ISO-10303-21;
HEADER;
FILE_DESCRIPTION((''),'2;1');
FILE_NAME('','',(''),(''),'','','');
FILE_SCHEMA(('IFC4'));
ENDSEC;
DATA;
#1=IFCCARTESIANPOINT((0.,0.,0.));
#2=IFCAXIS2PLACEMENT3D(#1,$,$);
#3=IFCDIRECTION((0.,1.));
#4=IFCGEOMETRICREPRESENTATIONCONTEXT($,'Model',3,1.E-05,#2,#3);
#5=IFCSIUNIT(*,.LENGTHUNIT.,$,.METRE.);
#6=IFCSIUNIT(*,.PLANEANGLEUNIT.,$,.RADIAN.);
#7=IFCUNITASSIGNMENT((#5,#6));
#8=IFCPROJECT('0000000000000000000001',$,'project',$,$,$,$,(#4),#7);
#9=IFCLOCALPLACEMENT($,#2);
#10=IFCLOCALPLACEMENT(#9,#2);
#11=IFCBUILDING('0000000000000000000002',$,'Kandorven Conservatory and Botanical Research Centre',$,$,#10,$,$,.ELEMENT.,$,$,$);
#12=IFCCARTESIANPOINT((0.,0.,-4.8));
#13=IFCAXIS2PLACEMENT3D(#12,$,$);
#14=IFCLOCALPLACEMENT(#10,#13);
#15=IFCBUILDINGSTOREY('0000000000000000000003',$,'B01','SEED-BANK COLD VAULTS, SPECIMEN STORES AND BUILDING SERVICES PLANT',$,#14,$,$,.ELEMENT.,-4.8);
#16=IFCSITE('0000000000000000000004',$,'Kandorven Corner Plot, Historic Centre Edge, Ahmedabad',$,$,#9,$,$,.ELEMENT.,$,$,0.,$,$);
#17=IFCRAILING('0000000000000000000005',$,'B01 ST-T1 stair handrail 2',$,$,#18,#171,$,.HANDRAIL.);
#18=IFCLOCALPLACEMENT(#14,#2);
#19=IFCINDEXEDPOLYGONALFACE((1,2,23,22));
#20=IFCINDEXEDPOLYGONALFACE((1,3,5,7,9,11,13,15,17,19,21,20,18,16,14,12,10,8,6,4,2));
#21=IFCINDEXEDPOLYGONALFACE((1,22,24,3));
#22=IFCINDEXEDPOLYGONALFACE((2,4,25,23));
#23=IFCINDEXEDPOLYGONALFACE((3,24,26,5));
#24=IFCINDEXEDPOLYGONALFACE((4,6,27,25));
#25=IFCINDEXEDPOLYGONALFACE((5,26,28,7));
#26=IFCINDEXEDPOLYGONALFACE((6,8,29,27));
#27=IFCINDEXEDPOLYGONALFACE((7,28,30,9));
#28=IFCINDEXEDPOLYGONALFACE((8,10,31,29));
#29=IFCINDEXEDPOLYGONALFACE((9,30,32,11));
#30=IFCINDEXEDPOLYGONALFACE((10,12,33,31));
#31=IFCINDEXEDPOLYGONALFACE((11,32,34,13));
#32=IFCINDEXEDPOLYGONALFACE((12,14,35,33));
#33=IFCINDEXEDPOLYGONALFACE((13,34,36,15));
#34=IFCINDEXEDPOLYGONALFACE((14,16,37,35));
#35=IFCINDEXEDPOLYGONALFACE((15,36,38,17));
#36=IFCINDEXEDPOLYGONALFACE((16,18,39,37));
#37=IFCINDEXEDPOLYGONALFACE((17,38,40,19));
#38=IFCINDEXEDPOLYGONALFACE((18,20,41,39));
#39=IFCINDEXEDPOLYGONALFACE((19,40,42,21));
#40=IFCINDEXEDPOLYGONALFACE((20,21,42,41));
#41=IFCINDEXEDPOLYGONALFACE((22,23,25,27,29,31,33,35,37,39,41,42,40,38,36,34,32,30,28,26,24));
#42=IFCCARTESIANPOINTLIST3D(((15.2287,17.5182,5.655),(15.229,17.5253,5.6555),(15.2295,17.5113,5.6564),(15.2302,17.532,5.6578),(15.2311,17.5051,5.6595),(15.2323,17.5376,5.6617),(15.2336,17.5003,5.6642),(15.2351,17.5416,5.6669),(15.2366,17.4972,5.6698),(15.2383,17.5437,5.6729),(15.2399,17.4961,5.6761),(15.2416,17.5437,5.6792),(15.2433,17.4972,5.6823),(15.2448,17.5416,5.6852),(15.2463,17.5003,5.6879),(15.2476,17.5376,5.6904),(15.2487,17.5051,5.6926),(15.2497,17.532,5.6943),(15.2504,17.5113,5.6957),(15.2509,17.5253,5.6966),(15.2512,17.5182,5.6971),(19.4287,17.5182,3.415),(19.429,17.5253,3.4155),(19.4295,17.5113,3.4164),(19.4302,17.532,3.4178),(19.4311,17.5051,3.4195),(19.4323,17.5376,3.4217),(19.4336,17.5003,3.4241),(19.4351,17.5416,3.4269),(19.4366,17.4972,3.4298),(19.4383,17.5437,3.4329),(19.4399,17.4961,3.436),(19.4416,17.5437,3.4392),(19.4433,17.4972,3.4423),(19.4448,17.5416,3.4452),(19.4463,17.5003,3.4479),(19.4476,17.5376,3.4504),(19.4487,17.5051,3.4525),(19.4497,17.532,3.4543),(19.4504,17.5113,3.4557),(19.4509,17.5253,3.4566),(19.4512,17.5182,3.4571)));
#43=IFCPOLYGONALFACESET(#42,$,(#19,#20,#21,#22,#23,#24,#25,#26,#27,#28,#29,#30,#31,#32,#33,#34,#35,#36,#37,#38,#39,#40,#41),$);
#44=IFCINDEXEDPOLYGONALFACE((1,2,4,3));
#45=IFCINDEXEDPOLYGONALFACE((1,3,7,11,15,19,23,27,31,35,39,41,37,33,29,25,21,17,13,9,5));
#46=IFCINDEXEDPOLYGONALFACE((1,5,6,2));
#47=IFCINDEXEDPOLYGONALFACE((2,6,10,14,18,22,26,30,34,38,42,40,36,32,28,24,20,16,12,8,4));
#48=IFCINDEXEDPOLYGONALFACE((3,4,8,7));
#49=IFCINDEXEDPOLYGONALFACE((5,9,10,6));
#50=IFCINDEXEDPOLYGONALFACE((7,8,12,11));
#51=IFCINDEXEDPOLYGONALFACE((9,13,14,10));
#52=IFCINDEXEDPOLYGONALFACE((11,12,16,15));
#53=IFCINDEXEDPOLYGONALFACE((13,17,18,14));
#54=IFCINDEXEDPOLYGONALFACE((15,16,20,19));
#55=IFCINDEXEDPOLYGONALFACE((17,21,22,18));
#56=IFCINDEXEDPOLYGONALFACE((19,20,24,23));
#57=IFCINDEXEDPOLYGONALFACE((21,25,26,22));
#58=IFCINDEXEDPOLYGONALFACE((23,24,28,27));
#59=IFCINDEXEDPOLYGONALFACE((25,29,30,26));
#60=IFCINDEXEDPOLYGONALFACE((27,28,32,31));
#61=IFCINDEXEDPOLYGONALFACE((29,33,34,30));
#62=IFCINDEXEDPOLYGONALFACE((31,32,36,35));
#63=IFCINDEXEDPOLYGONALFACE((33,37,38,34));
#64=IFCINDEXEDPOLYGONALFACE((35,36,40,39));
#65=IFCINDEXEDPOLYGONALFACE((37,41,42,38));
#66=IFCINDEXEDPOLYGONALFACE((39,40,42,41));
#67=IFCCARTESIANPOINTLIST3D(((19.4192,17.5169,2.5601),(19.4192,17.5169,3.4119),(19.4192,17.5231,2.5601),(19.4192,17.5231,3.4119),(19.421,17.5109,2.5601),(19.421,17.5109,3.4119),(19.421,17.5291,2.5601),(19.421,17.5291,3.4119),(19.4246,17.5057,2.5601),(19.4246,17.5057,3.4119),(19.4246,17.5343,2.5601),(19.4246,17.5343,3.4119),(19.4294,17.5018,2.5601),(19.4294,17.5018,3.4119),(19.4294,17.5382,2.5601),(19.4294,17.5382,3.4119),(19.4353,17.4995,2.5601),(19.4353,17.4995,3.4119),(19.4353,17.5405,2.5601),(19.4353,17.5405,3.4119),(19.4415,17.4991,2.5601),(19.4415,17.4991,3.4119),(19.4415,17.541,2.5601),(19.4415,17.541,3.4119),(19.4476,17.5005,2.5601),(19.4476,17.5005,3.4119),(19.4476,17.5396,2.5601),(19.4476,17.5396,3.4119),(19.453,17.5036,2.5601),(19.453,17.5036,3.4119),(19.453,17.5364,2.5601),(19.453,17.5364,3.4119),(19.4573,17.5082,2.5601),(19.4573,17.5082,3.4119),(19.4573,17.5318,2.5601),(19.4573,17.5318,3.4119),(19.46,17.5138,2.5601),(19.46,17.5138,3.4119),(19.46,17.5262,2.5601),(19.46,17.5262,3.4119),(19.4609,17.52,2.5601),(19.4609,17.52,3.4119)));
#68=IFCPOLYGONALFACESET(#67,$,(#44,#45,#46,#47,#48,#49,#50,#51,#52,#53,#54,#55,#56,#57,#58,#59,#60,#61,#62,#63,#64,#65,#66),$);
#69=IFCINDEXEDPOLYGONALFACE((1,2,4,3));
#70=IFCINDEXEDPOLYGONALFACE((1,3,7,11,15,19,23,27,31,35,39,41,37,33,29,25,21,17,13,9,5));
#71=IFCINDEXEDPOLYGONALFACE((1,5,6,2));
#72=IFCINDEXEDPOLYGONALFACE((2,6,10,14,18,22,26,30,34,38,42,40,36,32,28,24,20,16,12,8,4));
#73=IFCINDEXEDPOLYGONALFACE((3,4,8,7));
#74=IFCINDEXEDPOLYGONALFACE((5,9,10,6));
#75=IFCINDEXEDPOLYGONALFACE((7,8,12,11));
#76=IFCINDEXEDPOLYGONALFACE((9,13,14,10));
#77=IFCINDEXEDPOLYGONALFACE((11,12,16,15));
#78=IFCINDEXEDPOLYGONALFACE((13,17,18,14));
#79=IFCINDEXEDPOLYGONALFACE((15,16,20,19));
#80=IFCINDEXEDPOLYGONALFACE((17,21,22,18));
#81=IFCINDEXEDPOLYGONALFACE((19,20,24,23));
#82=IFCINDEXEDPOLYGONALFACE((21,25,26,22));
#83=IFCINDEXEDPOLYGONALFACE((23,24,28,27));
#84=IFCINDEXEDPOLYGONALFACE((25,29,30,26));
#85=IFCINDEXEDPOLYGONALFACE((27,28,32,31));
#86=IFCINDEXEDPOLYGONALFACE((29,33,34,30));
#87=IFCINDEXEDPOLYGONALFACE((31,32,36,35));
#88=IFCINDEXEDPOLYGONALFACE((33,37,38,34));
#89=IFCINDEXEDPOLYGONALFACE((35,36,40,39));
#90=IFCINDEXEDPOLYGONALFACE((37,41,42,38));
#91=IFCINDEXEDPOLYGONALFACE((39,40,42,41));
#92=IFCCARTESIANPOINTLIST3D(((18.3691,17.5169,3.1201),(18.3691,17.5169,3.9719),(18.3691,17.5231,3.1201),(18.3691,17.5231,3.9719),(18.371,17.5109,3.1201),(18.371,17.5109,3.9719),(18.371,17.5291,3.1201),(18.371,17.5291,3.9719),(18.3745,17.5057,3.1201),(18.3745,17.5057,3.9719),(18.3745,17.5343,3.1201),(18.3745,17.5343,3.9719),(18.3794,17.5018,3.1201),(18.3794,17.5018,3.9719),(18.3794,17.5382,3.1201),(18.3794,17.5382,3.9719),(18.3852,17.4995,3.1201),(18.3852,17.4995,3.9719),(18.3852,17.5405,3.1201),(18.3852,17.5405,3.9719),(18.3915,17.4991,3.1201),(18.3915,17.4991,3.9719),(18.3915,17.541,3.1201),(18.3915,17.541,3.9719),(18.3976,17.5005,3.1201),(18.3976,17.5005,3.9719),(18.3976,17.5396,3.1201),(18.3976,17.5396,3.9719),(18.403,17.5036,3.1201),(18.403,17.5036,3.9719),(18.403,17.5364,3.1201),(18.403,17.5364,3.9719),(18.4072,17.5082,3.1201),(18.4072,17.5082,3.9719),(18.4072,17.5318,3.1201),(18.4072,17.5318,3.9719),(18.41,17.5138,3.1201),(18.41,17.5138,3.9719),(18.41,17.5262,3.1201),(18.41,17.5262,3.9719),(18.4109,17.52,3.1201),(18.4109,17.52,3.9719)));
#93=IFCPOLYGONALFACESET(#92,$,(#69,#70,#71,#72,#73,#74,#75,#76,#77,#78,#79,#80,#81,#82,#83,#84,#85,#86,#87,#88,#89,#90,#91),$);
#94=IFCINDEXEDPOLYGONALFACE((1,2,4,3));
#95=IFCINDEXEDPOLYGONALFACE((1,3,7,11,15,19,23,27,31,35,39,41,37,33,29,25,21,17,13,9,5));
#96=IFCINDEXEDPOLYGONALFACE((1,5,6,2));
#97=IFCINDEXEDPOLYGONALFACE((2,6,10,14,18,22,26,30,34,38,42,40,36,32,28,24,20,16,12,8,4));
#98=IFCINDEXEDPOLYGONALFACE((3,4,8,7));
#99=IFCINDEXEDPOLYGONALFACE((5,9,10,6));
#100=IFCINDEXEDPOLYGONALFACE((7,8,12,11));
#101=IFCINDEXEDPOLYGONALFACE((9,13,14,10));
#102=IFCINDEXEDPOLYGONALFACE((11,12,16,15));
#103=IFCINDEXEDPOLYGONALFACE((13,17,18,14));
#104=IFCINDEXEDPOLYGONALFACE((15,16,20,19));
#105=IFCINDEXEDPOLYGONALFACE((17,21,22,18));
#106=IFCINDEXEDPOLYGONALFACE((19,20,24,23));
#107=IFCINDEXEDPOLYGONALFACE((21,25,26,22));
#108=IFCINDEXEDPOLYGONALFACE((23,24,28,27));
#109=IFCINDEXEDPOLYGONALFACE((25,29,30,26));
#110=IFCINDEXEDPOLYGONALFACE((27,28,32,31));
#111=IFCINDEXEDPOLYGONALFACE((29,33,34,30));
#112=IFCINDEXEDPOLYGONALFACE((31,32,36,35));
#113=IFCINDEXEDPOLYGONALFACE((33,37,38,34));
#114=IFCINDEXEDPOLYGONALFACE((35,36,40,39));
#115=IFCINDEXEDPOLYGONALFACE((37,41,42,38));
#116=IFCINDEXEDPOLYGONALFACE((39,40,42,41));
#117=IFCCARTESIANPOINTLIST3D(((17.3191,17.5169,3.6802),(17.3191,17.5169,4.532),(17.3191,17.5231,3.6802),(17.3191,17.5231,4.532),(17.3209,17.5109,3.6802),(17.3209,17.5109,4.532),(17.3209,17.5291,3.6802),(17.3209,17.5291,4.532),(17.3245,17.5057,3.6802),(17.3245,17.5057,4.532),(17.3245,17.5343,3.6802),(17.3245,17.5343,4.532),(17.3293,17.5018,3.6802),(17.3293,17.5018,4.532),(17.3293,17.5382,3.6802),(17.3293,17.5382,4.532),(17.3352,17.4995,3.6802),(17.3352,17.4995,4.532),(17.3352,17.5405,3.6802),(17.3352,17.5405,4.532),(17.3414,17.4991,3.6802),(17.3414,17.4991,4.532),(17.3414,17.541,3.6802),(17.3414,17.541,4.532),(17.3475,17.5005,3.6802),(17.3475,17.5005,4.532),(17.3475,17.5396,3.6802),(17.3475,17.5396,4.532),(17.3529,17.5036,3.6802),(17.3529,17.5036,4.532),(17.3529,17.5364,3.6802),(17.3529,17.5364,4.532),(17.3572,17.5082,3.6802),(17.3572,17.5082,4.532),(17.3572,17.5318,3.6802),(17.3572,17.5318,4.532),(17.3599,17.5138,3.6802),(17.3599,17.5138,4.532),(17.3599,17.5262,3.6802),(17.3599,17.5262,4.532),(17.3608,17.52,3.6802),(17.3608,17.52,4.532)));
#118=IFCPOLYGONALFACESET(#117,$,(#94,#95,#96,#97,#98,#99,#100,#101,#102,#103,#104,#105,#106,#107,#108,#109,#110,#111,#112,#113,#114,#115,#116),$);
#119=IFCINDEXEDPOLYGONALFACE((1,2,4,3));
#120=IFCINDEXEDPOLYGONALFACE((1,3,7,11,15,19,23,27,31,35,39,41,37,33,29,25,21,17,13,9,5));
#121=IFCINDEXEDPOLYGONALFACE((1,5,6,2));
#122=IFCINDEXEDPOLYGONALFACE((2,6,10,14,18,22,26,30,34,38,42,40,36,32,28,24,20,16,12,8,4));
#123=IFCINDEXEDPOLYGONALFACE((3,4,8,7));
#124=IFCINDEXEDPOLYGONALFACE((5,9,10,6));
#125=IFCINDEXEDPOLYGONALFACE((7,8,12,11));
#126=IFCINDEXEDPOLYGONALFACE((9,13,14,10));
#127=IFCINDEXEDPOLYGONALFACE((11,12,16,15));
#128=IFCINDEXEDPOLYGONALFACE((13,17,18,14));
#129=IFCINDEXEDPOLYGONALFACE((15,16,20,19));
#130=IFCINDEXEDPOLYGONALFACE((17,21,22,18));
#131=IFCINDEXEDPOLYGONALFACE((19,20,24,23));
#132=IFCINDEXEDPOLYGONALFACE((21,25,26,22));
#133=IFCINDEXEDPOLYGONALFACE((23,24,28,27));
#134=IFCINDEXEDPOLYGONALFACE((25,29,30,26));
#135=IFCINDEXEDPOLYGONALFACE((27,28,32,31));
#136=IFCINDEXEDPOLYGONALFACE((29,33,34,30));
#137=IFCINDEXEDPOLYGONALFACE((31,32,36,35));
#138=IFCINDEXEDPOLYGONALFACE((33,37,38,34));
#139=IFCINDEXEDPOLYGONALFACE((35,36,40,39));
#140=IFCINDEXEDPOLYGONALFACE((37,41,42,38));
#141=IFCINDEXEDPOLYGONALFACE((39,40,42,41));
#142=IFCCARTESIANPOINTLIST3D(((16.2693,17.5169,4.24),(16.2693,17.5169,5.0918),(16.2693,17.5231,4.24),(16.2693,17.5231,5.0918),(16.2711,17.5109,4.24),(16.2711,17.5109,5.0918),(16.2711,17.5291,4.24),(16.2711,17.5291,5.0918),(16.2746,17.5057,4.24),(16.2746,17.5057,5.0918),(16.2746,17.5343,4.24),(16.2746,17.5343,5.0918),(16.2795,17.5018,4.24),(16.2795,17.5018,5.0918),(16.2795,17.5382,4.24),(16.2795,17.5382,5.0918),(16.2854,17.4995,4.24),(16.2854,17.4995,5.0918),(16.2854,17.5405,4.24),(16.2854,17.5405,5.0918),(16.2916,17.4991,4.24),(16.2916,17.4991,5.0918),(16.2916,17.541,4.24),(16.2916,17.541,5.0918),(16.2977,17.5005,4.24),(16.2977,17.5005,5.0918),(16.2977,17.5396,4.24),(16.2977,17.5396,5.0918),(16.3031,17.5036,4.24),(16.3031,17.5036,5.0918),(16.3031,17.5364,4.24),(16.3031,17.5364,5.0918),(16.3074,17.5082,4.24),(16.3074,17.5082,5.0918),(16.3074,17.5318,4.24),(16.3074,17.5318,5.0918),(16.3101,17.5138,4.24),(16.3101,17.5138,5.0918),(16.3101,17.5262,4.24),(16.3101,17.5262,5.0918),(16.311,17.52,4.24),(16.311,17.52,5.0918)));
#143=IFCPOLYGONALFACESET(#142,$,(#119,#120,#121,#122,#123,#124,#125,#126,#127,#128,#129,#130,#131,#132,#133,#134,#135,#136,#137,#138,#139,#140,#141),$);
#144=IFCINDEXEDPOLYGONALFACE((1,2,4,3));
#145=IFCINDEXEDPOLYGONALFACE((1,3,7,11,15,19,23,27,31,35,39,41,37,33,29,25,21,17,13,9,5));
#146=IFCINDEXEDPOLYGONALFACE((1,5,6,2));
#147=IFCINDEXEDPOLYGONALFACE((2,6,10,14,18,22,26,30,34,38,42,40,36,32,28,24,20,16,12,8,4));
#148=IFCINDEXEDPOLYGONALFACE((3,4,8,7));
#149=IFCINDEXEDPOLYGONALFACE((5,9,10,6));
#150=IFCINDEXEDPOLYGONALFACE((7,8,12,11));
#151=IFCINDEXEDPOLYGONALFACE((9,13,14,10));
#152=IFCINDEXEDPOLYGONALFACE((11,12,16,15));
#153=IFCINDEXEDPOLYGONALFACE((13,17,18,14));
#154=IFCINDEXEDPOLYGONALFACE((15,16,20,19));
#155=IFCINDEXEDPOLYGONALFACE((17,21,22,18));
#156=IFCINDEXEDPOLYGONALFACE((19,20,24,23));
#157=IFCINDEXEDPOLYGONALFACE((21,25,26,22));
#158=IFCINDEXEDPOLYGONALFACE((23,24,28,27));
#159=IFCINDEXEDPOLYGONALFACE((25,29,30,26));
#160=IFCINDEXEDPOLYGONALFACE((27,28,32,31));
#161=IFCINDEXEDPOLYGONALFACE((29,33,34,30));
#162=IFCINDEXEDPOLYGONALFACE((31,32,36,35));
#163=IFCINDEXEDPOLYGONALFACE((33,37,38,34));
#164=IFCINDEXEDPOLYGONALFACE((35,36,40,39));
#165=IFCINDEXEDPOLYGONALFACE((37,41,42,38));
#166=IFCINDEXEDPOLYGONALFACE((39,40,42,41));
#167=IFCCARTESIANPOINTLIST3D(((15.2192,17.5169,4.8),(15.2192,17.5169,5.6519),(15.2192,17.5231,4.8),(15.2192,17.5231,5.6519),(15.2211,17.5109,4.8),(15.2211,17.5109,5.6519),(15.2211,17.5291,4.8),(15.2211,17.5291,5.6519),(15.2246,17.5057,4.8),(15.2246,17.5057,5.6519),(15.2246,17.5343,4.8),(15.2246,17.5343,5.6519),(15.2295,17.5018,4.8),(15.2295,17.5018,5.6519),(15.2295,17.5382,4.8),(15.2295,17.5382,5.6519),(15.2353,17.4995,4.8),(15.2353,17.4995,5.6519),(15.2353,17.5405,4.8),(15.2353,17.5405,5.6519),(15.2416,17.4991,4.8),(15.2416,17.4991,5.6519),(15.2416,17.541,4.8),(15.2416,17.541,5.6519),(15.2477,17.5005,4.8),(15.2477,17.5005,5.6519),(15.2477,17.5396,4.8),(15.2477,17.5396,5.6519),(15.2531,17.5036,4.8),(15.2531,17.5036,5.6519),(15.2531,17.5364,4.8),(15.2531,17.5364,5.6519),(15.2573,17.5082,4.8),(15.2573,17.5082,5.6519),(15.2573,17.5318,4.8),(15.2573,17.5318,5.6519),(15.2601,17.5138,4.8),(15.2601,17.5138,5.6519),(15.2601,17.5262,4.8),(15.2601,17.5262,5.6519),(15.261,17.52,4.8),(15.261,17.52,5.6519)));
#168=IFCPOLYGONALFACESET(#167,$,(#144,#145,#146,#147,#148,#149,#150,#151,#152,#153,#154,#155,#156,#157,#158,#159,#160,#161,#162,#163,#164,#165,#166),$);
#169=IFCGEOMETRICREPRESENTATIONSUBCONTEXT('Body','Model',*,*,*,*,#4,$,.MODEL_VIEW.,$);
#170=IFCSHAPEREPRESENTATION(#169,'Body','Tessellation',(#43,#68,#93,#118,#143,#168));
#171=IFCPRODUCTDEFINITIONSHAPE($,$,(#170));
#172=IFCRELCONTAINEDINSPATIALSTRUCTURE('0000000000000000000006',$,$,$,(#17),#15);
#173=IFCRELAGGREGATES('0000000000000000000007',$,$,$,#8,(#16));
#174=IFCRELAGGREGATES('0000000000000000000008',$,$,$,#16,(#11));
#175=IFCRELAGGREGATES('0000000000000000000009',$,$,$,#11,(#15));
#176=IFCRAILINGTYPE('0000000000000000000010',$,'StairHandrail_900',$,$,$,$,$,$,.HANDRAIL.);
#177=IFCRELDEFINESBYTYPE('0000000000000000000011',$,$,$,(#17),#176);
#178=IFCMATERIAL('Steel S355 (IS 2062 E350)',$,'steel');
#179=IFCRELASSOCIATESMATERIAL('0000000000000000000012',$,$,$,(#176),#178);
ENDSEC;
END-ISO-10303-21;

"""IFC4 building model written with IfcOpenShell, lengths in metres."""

from ifc_helpers import new_model, si_unit, direction, frame, origin, origin_2d, place, context, subcontext, project, spatial, circle, extrude, material, type_object, element, save


model = new_model("IFC4")

# Units and contexts
model_context = context("Model", 3, precision=1e-05, world=origin(), true_north=direction((0.0, 1.0)))
body_context = subcontext(model_context, "Body", "Model", "MODEL_VIEW")
ifc_project = project(units=[si_unit("LENGTHUNIT", "METRE"), si_unit("PLANEANGLEUNIT", "RADIAN")], contexts=[model_context])

# Site, building, storey
site_placement = place(None, origin())
site = spatial("IfcSite", under=ifc_project, at=site_placement, Name="Kandorven Corner Plot, Historic Centre Edge, Ahmedabad", CompositionType="ELEMENT", RefElevation=0.0)
building_placement = place(site_placement, origin())
building = spatial("IfcBuilding", under=site, at=building_placement, Name="Kandorven Conservatory and Botanical Research Centre", CompositionType="ELEMENT")
storey_placement = place(building_placement, frame((0.0, 0.0, -4.8)))
storey = spatial("IfcBuildingStorey", under=building, at=storey_placement, Name="B01", Description="SEED-BANK COLD VAULTS, SPECIMEN STORES AND BUILDING SERVICES PLANT", CompositionType="ELEMENT", Elevation=-4.8)

# Railing
ifc_material_1 = material(Name="Steel S355 (IS 2062 E350)", Category="steel")
railing_type_1 = type_object("IfcRailingType", Name="StairHandrail_900", PredefinedType="HANDRAIL", material=ifc_material_1)
railing_1_placement = place(storey_placement, frame((19.4399, 17.52, 2.5601)))
element("IfcRailing", 1, at=railing_1_placement, inside=storey, type_object=railing_type_1, Name="B01 ST-T1 stair handrail 2", PredefinedType="HANDRAIL", context=body_context, shape_type="SweptSolid", body=[
    extrude(circle(Radius=0.0239, at=origin_2d()), frame((0.0, 0.0, 0.876), z_axis=(-0.882352, 0.0, 0.470591), x_axis=(0.0, -1.0, 0.0)), (0.0, 0.0, 1.0), 4.76),
    extrude(circle(Radius=0.021, at=origin_2d()), origin(), (0.0, 0.0, 1.0), 0.8518),
    extrude(circle(Radius=0.021, at=origin_2d()), frame((-1.05, 0.0, 0.5601)), (0.0, 0.0, 1.0), 0.8518),
    extrude(circle(Radius=0.021, at=origin_2d()), frame((-2.1001, 0.0, 1.1201)), (0.0, 0.0, 1.0), 0.8518),
    extrude(circle(Radius=0.021, at=origin_2d()), frame((-3.1499, 0.0, 1.6799)), (0.0, 0.0, 1.0), 0.8518),
    extrude(circle(Radius=0.021, at=origin_2d()), frame((-4.2, 0.0, 2.24)), (0.0, 0.0, 1.0), 0.8518),
])

save(model, "model.ifc")
